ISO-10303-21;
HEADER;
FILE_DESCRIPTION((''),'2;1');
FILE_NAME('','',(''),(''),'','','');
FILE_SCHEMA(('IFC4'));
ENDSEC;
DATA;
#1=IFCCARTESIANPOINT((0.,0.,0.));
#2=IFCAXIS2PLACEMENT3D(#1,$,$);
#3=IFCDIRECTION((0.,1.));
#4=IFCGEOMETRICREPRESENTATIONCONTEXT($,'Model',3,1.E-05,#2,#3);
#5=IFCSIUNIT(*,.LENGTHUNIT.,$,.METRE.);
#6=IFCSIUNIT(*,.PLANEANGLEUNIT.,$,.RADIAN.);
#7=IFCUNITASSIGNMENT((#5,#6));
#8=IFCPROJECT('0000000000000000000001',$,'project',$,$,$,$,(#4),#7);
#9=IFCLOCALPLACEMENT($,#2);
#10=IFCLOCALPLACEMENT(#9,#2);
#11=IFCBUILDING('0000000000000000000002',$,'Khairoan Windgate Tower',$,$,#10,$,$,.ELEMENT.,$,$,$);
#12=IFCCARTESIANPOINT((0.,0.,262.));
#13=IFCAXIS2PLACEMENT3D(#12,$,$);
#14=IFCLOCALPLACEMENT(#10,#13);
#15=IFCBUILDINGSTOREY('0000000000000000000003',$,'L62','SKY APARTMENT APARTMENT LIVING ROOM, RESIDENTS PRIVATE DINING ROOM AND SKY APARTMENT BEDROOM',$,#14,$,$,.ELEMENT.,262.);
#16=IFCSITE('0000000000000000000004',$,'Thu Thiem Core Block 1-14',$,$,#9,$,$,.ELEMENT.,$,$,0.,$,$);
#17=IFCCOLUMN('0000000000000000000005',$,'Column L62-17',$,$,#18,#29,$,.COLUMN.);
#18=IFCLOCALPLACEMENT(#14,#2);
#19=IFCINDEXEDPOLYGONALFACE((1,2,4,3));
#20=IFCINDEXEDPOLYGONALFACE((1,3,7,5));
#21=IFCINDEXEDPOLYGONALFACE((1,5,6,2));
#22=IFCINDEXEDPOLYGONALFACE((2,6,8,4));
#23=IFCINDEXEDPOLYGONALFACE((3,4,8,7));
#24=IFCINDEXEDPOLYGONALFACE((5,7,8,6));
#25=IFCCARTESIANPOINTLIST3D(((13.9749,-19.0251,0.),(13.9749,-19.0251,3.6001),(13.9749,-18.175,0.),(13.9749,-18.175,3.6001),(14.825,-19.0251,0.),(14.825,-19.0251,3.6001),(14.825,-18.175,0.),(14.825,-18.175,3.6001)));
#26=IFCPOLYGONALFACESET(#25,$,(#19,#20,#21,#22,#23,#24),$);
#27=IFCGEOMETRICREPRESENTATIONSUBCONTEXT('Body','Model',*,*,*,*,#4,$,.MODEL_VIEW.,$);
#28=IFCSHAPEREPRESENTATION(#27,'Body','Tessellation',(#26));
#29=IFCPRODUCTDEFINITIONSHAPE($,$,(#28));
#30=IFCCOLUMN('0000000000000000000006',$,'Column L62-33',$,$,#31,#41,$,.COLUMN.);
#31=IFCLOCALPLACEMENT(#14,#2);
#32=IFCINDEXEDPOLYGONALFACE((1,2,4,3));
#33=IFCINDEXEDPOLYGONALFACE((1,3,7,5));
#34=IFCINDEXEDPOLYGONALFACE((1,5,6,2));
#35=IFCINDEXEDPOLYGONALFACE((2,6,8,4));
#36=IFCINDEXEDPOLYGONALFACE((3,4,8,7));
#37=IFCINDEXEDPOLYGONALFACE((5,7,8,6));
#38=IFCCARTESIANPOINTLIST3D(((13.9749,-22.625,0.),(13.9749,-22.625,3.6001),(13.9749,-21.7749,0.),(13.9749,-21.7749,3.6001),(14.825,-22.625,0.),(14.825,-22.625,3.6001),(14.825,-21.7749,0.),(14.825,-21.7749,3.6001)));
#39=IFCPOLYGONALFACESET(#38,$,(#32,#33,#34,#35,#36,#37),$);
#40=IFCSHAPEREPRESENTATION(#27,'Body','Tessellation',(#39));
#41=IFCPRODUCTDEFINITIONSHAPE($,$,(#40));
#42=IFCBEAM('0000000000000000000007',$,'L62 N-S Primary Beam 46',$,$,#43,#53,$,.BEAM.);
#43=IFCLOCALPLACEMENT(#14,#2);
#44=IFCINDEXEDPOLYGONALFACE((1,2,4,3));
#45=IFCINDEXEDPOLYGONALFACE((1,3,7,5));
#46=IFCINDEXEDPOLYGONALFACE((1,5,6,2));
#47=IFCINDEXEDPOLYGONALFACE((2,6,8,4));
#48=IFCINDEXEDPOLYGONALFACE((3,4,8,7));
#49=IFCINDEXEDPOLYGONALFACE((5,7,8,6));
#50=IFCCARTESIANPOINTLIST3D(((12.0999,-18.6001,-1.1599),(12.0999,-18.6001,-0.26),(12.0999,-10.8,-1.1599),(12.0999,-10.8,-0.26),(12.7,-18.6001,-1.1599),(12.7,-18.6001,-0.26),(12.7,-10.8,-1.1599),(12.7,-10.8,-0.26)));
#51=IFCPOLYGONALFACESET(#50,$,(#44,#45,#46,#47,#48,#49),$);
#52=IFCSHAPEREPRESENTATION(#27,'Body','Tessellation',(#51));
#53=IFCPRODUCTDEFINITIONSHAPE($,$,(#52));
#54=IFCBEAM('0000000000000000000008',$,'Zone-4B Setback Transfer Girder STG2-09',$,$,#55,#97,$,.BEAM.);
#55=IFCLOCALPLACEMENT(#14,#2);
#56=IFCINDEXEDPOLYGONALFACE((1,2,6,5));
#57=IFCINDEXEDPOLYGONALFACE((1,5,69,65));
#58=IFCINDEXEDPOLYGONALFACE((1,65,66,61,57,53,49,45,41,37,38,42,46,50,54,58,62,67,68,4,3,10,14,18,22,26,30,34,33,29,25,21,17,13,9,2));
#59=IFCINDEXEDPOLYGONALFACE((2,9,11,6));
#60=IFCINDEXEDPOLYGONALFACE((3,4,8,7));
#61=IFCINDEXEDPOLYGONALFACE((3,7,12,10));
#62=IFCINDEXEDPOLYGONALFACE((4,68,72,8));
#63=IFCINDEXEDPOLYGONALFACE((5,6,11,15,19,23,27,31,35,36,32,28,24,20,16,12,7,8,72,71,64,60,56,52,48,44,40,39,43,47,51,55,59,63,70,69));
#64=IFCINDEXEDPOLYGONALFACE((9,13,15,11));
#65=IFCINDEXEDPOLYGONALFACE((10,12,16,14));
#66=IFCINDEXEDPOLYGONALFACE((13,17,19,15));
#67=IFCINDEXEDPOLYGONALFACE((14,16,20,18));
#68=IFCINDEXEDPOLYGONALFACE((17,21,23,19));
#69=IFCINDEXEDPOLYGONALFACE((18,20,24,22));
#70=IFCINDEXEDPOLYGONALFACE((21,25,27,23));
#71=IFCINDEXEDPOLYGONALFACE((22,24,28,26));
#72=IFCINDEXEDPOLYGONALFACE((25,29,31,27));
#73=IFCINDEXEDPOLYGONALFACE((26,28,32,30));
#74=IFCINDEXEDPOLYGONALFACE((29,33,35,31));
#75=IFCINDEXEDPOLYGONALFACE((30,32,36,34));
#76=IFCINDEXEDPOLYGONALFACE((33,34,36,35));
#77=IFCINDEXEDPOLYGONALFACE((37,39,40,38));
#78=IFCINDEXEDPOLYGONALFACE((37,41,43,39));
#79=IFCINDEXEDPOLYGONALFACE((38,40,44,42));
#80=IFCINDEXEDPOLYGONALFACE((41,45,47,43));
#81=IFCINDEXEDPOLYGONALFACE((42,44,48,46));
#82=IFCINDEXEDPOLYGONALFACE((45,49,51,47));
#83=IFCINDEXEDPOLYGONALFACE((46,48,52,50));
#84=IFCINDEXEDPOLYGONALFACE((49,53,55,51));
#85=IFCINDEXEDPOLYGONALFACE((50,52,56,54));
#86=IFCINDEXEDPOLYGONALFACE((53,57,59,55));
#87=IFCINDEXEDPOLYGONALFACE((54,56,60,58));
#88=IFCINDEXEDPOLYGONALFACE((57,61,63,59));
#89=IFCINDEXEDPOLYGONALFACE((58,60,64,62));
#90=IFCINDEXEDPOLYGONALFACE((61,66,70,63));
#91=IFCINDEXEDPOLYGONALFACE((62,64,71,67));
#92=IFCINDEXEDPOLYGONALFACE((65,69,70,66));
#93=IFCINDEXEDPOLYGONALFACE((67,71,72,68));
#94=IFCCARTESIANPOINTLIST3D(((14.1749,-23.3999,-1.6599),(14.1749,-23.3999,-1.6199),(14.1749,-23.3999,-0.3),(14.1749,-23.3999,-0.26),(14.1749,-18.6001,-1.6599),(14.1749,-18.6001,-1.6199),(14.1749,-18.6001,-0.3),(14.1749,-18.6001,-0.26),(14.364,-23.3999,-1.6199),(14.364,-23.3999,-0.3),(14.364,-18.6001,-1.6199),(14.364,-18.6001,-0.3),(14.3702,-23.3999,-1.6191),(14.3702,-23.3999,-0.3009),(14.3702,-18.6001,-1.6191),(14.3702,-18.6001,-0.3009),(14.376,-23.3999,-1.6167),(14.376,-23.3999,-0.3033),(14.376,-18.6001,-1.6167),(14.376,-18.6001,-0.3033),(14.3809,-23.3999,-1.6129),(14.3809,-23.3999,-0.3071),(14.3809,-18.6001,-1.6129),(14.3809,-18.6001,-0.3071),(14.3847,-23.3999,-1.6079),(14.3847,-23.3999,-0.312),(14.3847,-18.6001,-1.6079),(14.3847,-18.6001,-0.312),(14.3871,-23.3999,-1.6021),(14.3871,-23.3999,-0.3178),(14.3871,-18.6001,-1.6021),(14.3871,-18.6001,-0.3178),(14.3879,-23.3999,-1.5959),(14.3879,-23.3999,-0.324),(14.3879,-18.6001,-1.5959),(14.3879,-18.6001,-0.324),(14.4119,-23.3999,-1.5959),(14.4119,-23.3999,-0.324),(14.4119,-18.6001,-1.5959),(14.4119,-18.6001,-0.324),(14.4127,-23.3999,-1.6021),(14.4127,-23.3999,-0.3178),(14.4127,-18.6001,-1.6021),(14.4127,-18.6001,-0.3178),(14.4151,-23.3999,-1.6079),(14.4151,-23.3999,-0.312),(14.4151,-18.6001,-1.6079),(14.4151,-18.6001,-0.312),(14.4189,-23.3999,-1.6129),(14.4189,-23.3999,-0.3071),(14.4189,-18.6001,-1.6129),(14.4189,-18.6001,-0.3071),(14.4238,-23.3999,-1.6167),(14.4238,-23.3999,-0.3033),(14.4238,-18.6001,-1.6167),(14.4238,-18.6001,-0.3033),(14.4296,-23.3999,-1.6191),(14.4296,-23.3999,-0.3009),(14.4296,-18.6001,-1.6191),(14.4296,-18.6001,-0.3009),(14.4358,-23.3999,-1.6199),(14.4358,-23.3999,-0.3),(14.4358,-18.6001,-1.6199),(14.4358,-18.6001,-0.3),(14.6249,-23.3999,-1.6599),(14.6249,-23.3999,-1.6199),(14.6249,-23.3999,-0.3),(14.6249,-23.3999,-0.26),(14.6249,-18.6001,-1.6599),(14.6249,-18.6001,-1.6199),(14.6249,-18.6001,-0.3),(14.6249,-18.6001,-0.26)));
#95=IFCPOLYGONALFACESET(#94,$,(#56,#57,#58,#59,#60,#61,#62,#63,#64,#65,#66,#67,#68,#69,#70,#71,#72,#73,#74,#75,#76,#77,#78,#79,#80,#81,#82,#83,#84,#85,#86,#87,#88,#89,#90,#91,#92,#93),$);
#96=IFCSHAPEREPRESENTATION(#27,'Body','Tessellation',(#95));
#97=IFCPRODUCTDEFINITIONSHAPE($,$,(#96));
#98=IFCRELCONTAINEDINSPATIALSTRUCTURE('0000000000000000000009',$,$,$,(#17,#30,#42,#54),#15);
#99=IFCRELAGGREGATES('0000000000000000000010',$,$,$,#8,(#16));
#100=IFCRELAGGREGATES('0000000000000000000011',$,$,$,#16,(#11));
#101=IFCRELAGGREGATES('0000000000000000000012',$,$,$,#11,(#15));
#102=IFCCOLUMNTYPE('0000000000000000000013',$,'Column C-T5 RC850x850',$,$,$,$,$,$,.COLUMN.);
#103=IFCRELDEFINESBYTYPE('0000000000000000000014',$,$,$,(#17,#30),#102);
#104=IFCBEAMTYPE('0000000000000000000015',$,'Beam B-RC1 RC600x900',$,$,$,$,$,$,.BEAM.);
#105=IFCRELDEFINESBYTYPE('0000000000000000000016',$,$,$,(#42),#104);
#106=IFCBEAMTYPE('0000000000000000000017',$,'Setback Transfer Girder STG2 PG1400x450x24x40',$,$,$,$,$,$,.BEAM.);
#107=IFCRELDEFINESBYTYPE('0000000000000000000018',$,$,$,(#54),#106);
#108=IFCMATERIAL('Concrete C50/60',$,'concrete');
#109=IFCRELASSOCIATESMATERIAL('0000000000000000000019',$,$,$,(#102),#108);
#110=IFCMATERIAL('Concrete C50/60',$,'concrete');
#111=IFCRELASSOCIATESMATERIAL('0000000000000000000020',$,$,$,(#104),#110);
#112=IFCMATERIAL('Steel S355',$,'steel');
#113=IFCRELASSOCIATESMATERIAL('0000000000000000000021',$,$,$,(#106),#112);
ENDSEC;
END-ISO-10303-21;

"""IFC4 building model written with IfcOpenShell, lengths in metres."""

from ifc_helpers import new_model, si_unit, direction, frame, origin, origin_2d, place, context, subcontext, project, spatial, rectangle, i_section, extrude, material, material_profile, profile_set, type_object, element, save


model = new_model("IFC4")

# Units and contexts
model_context = context("Model", 3, precision=1e-05, world=origin(), true_north=direction((0.0, 1.0)))
body_context = subcontext(model_context, "Body", "Model", "MODEL_VIEW")
ifc_project = project(units=[si_unit("LENGTHUNIT", "METRE"), si_unit("PLANEANGLEUNIT", "RADIAN")], contexts=[model_context])

# Site, building, storey
site_placement = place(None, origin())
site = spatial("IfcSite", under=ifc_project, at=site_placement, Name="Thu Thiem Core Block 1-14", CompositionType="ELEMENT", RefElevation=0.0)
building_placement = place(site_placement, origin())
building = spatial("IfcBuilding", under=site, at=building_placement, Name="Khairoan Windgate Tower", CompositionType="ELEMENT")
storey_placement = place(building_placement, frame((0.0, 0.0, 262.0)))
storey = spatial("IfcBuildingStorey", under=building, at=storey_placement, Name="L62", Description="SKY APARTMENT APARTMENT LIVING ROOM, RESIDENTS PRIVATE DINING ROOM AND SKY APARTMENT BEDROOM", CompositionType="ELEMENT", Elevation=262.0)

# Columns
ifc_material_1 = material(Name="Concrete C50/60", Category="concrete")
ifc_material_profile_1 = material_profile(ifc_material_1, rectangle(XDim=0.8501, YDim=0.8501, at=origin_2d()))
ifc_profile_set_1 = profile_set([ifc_material_profile_1], Name="Concrete C50/60")
column_type = type_object("IfcColumnType", Name="Column C-T5 RC850x850", PredefinedType="COLUMN", material=ifc_profile_set_1)
for number, where, z_axis, x_axis, name in (
    (1, (14.3999, -18.6001, 0.0), (0.0, 0.0, 1.0), (1.0, 0.0, 0.0), "Column L62-17"),
    (2, (14.3999, -22.2, 0.0), (0.0, 0.0, 1.0), (1.0, 0.0, 0.0), "Column L62-33"),
):
    element("IfcColumn", number, at=place(storey_placement, frame(where, z_axis=z_axis, x_axis=x_axis)), inside=storey, type_object=column_type, Name=name, PredefinedType="COLUMN", context=body_context, shape_type="SweptSolid", body=[
        extrude(rectangle(XDim=0.8501, YDim=0.8501, at=origin_2d()), origin(), (0.0, 0.0, 1.0), 3.6001),
    ])

# Beams
ifc_material_2 = material(Name="Concrete C50/60", Category="concrete")
ifc_material_profile_2 = material_profile(ifc_material_2, rectangle(XDim=0.6001, YDim=0.8999, at=origin_2d()))
ifc_profile_set_2 = profile_set([ifc_material_profile_2], Name="Concrete C50/60")
beam_type_1 = type_object("IfcBeamType", Name="Beam B-RC1 RC600x900", PredefinedType="BEAM", material=ifc_profile_set_2)
beam_1_placement = place(storey_placement, frame((12.3999, -18.6001, -0.71), z_axis=(0.0, 1.0, 0.0), x_axis=(-1.0, 0.0, 0.0)))
element("IfcBeam", 3, at=beam_1_placement, inside=storey, type_object=beam_type_1, Name="L62 N-S Primary Beam 46", PredefinedType="BEAM", context=body_context, shape_type="SweptSolid", body=[
    extrude(rectangle(XDim=0.6001, YDim=0.8999, at=origin_2d()), origin(), (0.0, 0.0, 1.0), 7.8),
])
ifc_material_3 = material(Name="Steel S355", Category="steel")
ifc_material_profile_3 = material_profile(ifc_material_3, i_section(OverallWidth=0.45, OverallDepth=1.3999, WebThickness=0.0239, FlangeThickness=0.04, FilletRadius=0.0239, at=origin_2d()))
ifc_profile_set_3 = profile_set([ifc_material_profile_3], Name="Steel S355")
beam_type_2 = type_object("IfcBeamType", Name="Setback Transfer Girder STG2 PG1400x450x24x40", PredefinedType="BEAM", material=ifc_profile_set_3)
beam_2_placement = place(storey_placement, frame((14.3999, -23.3999, -0.96), z_axis=(0.0, 1.0, 0.0), x_axis=(-1.0, 0.0, 0.0)))
element("IfcBeam", 4, at=beam_2_placement, inside=storey, type_object=beam_type_2, Name="Zone-4B Setback Transfer Girder STG2-09", PredefinedType="BEAM", context=body_context, shape_type="SweptSolid", body=[
    extrude(i_section(OverallWidth=0.45, OverallDepth=1.3999, WebThickness=0.0239, FlangeThickness=0.04, FilletRadius=0.0239, at=origin_2d()), origin(), (0.0, 0.0, 1.0), 4.7998),
])

save(model, "model.ifc")
